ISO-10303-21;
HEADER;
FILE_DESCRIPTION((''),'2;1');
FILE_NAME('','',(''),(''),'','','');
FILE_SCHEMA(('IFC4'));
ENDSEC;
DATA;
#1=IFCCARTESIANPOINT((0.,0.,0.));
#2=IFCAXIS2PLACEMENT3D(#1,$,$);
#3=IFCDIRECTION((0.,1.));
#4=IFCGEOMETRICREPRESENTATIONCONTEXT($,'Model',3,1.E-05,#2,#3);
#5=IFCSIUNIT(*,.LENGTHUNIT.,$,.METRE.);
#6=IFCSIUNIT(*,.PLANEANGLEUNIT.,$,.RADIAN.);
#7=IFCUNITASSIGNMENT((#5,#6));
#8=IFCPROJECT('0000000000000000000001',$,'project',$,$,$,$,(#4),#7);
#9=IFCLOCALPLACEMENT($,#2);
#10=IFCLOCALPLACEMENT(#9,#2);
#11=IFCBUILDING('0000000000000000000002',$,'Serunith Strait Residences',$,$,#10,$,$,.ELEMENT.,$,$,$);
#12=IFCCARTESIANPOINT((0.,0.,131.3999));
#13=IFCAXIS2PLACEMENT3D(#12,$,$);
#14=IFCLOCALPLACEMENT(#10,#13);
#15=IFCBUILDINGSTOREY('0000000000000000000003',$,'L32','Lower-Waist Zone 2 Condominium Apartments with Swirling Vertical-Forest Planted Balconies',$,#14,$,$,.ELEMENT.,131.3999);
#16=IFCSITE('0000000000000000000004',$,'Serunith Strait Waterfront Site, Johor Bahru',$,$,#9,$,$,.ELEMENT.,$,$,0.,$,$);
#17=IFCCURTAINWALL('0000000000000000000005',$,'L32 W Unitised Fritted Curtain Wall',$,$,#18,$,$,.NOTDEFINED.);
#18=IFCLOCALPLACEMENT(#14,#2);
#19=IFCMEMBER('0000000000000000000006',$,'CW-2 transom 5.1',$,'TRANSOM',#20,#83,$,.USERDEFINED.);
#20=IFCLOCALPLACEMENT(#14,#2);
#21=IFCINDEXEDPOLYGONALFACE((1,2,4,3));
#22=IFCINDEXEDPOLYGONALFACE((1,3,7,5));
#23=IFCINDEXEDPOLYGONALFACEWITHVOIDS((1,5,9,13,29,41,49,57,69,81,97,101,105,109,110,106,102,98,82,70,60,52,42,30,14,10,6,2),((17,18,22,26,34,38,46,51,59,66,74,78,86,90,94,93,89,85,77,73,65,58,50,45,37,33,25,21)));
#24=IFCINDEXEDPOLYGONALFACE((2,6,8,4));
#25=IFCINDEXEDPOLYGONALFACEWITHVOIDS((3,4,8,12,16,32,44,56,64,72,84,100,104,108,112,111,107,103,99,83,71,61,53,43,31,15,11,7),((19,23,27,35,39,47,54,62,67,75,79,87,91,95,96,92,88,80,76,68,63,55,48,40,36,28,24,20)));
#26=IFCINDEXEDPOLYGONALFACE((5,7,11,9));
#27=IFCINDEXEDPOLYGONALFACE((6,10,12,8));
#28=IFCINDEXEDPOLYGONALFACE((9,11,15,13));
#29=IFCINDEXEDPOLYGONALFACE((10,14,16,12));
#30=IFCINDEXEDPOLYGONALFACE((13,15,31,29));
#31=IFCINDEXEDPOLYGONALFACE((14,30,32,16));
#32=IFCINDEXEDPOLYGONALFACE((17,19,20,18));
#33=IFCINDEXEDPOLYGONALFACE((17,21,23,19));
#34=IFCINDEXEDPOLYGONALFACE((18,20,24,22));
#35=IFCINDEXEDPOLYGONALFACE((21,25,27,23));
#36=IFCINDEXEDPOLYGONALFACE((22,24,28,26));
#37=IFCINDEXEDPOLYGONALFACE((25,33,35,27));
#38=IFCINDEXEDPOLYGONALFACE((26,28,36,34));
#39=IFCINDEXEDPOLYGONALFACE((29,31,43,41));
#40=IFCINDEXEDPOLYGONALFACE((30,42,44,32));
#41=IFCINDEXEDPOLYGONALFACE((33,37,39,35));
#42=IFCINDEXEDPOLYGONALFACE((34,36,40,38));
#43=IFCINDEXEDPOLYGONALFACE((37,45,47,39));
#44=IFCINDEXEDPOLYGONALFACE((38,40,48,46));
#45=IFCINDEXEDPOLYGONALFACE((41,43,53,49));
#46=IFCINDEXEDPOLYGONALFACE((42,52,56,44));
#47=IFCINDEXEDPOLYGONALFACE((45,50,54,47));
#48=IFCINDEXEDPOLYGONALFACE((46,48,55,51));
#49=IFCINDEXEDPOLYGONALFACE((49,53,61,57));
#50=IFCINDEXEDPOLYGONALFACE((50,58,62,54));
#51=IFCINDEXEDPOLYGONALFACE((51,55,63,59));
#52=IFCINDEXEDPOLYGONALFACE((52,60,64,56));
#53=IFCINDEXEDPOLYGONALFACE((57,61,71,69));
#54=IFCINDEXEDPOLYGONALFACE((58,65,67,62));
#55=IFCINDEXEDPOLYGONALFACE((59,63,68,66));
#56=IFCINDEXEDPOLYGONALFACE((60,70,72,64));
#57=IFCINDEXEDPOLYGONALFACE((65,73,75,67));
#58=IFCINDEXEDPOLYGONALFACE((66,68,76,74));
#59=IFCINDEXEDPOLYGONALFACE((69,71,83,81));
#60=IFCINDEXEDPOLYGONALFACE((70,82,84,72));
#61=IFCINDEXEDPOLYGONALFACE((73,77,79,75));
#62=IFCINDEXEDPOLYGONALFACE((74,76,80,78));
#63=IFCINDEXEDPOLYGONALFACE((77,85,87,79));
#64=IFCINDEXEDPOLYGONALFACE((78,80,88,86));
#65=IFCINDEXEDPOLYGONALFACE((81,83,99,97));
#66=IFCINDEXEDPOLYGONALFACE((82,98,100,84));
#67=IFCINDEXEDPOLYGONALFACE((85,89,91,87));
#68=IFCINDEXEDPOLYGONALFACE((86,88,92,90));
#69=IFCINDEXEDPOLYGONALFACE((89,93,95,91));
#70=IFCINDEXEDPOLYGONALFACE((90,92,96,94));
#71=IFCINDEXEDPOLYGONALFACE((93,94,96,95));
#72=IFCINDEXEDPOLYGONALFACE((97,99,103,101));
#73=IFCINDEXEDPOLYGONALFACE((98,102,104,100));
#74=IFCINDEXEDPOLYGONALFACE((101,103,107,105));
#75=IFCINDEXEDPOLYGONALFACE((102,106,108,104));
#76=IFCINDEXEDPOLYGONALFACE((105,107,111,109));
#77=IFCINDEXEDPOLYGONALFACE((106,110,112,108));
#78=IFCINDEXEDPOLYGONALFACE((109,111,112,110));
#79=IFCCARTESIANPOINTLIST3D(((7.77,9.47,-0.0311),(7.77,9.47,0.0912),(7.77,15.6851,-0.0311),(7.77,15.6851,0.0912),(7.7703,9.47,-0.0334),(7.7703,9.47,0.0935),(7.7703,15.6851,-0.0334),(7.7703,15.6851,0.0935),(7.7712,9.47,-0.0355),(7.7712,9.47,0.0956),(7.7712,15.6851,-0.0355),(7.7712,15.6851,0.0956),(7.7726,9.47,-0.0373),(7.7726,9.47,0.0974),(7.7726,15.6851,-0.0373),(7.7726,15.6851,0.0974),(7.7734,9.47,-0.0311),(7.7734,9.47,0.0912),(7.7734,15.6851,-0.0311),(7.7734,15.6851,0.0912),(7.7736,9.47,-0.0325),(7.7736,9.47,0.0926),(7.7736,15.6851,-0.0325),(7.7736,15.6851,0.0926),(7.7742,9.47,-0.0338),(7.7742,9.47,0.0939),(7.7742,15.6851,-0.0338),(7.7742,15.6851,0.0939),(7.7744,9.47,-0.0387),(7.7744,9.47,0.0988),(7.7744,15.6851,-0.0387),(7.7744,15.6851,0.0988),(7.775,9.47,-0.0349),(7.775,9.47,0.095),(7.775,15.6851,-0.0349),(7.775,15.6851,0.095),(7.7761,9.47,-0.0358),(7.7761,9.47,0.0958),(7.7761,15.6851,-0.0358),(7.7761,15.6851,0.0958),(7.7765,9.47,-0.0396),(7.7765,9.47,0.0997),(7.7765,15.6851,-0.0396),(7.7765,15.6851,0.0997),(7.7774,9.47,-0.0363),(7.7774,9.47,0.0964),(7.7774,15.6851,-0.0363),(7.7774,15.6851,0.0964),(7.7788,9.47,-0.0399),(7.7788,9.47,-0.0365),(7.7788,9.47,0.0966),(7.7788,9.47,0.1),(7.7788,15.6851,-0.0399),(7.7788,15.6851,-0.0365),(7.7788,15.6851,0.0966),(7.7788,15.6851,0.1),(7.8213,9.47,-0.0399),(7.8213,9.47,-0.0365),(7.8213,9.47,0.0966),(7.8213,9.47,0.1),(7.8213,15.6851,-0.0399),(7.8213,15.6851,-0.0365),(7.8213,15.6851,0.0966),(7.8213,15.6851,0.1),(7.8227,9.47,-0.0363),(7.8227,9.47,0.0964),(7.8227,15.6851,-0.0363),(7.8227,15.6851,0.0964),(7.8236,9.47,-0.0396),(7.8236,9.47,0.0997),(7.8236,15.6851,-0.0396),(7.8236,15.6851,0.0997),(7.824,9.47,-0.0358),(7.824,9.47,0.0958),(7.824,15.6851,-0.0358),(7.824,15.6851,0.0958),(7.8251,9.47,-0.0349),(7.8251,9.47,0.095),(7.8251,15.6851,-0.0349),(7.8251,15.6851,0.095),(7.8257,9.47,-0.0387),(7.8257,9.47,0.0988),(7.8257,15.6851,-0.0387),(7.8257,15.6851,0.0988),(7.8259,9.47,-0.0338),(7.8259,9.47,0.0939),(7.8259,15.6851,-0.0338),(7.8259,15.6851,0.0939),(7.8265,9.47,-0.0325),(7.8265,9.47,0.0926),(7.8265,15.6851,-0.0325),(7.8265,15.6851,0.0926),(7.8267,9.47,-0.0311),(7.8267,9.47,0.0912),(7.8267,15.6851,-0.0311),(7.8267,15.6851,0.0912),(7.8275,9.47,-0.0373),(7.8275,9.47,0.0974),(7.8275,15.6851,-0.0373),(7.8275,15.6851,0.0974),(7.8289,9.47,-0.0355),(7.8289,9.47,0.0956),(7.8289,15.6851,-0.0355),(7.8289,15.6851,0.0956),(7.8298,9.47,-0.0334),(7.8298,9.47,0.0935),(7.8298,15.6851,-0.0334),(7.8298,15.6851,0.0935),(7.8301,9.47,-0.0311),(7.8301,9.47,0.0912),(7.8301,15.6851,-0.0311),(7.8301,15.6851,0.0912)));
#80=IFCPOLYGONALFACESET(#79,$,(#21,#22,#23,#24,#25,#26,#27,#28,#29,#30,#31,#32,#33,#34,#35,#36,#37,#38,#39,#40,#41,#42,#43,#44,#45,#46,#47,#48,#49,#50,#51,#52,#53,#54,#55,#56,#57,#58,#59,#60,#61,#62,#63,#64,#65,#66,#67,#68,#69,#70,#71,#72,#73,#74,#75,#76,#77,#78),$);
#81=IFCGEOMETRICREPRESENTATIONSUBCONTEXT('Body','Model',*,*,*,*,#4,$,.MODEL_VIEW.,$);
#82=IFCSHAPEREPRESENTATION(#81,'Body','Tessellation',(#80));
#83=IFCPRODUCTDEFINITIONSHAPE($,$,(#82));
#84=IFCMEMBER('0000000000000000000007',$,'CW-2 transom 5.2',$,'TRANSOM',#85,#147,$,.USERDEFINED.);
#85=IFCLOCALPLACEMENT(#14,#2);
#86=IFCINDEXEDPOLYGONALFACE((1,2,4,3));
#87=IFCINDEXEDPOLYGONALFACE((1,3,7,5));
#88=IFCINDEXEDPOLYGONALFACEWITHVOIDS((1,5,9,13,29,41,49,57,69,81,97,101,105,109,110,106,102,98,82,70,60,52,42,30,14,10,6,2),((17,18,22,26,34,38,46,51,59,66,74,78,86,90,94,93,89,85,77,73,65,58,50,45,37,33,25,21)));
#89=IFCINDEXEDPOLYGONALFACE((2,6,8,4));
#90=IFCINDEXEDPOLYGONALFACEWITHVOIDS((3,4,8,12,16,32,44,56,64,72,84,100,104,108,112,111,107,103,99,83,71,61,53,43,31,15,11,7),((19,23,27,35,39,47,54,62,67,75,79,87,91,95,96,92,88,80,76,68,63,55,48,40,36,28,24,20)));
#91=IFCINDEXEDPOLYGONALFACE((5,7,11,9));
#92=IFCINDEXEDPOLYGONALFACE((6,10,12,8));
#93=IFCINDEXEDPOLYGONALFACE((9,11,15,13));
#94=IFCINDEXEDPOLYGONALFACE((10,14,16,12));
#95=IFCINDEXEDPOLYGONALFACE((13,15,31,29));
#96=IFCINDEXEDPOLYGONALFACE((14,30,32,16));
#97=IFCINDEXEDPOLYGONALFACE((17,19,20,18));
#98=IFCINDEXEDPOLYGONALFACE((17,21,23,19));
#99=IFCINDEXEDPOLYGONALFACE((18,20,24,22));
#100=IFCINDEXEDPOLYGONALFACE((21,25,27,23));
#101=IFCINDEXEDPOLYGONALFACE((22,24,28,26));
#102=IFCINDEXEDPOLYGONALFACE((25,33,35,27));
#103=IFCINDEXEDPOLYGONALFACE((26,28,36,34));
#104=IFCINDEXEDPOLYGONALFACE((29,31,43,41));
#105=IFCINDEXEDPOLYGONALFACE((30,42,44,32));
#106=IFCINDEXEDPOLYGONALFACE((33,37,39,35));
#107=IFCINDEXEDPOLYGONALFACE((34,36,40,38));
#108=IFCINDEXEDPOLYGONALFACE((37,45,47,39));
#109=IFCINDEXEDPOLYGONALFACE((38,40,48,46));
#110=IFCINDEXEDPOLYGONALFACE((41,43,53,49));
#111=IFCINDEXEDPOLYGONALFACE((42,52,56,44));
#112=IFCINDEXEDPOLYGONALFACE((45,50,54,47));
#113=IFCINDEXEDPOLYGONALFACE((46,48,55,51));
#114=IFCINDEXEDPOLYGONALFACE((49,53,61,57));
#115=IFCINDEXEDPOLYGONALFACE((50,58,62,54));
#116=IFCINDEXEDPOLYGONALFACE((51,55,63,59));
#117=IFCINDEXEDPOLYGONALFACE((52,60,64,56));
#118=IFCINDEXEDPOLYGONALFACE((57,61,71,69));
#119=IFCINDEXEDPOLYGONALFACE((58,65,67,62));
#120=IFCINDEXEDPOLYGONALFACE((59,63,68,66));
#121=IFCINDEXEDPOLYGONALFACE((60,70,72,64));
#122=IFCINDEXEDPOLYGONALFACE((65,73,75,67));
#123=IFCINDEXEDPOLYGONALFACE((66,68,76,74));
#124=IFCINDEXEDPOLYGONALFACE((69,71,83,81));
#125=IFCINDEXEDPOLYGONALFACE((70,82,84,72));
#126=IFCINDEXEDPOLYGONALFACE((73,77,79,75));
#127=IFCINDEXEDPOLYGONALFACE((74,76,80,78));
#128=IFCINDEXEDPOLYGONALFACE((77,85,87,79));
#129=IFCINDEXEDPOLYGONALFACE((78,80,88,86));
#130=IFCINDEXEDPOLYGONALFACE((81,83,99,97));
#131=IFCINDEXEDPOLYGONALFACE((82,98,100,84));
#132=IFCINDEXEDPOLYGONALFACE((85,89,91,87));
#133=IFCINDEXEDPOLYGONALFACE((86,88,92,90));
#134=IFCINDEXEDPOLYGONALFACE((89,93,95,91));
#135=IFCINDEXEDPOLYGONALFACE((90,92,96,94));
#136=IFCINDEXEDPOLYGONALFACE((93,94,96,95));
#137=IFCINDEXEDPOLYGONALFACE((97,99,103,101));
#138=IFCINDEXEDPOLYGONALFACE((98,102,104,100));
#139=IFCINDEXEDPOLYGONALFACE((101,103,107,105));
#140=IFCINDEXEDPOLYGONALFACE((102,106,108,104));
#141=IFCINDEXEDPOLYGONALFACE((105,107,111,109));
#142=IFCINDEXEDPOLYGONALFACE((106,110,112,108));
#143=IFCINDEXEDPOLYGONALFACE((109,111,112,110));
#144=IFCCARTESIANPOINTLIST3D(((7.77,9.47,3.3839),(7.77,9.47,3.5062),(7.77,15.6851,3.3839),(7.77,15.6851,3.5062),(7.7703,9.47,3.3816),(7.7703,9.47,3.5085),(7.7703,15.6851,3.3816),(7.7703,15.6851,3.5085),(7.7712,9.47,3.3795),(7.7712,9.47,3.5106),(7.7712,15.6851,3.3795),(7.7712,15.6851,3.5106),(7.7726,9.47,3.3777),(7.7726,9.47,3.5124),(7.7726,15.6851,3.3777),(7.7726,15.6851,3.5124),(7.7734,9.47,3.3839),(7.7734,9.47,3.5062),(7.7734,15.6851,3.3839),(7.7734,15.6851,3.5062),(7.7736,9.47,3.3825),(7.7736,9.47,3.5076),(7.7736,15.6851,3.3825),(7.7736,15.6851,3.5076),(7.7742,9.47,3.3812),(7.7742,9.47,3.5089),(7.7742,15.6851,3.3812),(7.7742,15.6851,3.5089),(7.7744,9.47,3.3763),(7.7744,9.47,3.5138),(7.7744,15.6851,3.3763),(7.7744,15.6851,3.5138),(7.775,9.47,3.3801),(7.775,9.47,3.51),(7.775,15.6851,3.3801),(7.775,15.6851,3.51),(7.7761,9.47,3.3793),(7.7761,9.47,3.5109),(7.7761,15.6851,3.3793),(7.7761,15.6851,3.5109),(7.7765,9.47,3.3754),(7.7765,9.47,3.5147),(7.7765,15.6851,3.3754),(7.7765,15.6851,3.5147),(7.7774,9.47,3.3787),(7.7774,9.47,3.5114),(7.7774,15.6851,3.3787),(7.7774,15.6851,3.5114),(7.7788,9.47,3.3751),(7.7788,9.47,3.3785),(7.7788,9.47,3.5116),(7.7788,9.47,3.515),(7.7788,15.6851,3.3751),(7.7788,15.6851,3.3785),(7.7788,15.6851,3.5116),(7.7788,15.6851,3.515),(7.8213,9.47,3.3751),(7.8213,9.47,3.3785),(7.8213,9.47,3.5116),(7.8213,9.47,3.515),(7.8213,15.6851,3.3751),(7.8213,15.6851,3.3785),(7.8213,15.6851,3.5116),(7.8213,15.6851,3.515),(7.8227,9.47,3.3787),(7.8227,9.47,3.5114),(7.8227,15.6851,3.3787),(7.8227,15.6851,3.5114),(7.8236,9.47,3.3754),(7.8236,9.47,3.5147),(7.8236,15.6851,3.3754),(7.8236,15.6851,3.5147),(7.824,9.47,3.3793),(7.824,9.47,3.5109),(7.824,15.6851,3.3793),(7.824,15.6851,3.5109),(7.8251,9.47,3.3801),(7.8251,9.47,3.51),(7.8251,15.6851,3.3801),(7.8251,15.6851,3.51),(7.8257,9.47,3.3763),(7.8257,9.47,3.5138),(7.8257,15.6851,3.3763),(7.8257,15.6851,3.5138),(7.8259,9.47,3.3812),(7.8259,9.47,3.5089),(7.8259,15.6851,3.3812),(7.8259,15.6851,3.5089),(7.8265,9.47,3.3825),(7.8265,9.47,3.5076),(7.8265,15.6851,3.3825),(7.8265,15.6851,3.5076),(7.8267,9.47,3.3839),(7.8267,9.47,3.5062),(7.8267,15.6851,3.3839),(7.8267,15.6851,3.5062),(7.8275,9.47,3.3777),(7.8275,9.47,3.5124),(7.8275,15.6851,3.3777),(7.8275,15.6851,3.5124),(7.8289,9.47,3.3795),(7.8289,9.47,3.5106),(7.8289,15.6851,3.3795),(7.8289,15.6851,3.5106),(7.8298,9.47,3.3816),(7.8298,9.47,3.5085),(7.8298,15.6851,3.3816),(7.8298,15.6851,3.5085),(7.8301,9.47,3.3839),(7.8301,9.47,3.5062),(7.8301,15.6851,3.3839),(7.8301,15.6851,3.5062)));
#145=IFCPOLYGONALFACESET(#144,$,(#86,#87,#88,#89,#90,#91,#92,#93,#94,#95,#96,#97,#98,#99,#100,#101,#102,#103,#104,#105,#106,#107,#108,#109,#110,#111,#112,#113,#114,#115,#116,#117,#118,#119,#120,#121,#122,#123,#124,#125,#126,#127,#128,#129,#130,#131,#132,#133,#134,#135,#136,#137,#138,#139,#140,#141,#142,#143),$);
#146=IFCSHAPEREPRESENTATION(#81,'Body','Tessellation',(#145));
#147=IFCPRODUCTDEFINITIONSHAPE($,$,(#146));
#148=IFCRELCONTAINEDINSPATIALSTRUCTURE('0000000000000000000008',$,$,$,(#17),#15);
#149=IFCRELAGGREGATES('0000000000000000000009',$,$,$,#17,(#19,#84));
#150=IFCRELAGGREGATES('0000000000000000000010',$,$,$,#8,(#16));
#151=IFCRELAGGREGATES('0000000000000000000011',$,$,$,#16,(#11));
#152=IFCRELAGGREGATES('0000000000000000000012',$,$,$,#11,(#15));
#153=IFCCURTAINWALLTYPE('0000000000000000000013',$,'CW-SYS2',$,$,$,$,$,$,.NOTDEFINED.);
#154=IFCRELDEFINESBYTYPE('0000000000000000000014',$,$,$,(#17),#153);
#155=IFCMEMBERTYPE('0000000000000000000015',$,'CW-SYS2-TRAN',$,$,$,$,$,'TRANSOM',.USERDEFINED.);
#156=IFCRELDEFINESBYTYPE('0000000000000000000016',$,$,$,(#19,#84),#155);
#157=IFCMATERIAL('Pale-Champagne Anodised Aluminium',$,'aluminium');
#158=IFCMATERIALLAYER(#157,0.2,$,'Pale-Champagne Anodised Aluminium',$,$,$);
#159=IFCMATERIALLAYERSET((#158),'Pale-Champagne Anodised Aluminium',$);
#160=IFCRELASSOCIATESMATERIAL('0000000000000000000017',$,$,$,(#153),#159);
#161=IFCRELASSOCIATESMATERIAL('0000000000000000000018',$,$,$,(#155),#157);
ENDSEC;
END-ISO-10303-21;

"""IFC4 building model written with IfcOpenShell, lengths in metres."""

from ifc_helpers import new_model, si_unit, direction, frame, origin, origin_2d, place, context, subcontext, project, spatial, hollow_rectangle, extrude, source, transform, mapped, material, layer, layer_set, material_profile, profile_set, type_object, element, aggregate, save


model = new_model("IFC4")

# Units and contexts
model_context = context("Model", 3, precision=1e-05, world=origin(), true_north=direction((0.0, 1.0)))
body_context = subcontext(model_context, "Body", "Model", "MODEL_VIEW")
ifc_project = project(units=[si_unit("LENGTHUNIT", "METRE"), si_unit("PLANEANGLEUNIT", "RADIAN")], contexts=[model_context])

# Site, building, storey
site_placement = place(None, origin())
site = spatial("IfcSite", under=ifc_project, at=site_placement, Name="Serunith Strait Waterfront Site, Johor Bahru", CompositionType="ELEMENT", RefElevation=0.0)
building_placement = place(site_placement, origin())
building = spatial("IfcBuilding", under=site, at=building_placement, Name="Serunith Strait Residences", CompositionType="ELEMENT")
storey_placement = place(building_placement, frame((0.0, 0.0, 131.3999)))
storey = spatial("IfcBuildingStorey", under=building, at=storey_placement, Name="L32", Description="Lower-Waist Zone 2 Condominium Apartments with Swirling Vertical-Forest Planted Balconies", CompositionType="ELEMENT", Elevation=131.3999)

# Curtain wall, members
ifc_material_1 = material(Name="Pale-Champagne Anodised Aluminium", Category="aluminium")
ifc_layer_1 = layer(ifc_material_1, 0.2, Name="Pale-Champagne Anodised Aluminium")
ifc_layer_set_1 = layer_set([ifc_layer_1], Name="Pale-Champagne Anodised Aluminium")
curtain_wall_type = type_object("IfcCurtainWallType", Name="CW-SYS2", PredefinedType="NOTDEFINED", material=ifc_layer_set_1)
curtain_wall_placement = place(storey_placement, origin())
curtain_wall = element("IfcCurtainWall", 1, at=curtain_wall_placement, inside=storey, type_object=curtain_wall_type, Name="L32 W Unitised Fritted Curtain Wall", PredefinedType="NOTDEFINED")
ifc_material_profile_1 = material_profile(ifc_material_1, hollow_rectangle(XDim=0.0601, YDim=0.1399, WallThickness=0.0034, InnerFilletRadius=0.0054, OuterFilletRadius=0.0088, at=origin_2d()), Name="ALU 140x60x3.5")
ifc_profile_set_1 = profile_set([ifc_material_profile_1], Name="Pale-Champagne Anodised Aluminium")
member_type_1 = type_object("IfcMemberType", Name="CW-SYS2-TRAN", ElementType="TRANSOM", PredefinedType="USERDEFINED", material=ifc_profile_set_1)
shared_shape_1 = source(origin(), body_context, "Body", "SweptSolid", [
    extrude(hollow_rectangle(XDim=0.0601, YDim=0.1399, WallThickness=0.0034, InnerFilletRadius=0.0054, OuterFilletRadius=0.0088, at=origin_2d()), origin(), (0.0, 0.0, 1.0), 6.2151),
])
member_1_placement = place(storey_placement, frame((7.8, 15.6851, 0.03), z_axis=(0.0, -1.0, 0.0), x_axis=(1.0, 0.0, 0.0)))
member_1 = element("IfcMember", 2, at=member_1_placement, type_object=member_type_1, Name="CW-2 transom 5.1", ObjectType="TRANSOM", PredefinedType="USERDEFINED", context=body_context, shape_type="MappedRepresentation", body=[
    mapped(shared_shape_1, transform((0.0, 0.0, 0.0), scale=1.0)),
])
member_2_placement = place(storey_placement, frame((7.8, 15.6851, 3.4451), z_axis=(0.0, -1.0, 0.0), x_axis=(1.0, 0.0, 0.0)))
member_2 = element("IfcMember", 3, at=member_2_placement, type_object=member_type_1, Name="CW-2 transom 5.2", ObjectType="TRANSOM", PredefinedType="USERDEFINED", context=body_context, shape_type="MappedRepresentation", body=[
    mapped(shared_shape_1, transform((0.0, 0.0, 0.0), scale=1.0)),
])
aggregate(curtain_wall, [member_1, member_2])

save(model, "model.ifc")
